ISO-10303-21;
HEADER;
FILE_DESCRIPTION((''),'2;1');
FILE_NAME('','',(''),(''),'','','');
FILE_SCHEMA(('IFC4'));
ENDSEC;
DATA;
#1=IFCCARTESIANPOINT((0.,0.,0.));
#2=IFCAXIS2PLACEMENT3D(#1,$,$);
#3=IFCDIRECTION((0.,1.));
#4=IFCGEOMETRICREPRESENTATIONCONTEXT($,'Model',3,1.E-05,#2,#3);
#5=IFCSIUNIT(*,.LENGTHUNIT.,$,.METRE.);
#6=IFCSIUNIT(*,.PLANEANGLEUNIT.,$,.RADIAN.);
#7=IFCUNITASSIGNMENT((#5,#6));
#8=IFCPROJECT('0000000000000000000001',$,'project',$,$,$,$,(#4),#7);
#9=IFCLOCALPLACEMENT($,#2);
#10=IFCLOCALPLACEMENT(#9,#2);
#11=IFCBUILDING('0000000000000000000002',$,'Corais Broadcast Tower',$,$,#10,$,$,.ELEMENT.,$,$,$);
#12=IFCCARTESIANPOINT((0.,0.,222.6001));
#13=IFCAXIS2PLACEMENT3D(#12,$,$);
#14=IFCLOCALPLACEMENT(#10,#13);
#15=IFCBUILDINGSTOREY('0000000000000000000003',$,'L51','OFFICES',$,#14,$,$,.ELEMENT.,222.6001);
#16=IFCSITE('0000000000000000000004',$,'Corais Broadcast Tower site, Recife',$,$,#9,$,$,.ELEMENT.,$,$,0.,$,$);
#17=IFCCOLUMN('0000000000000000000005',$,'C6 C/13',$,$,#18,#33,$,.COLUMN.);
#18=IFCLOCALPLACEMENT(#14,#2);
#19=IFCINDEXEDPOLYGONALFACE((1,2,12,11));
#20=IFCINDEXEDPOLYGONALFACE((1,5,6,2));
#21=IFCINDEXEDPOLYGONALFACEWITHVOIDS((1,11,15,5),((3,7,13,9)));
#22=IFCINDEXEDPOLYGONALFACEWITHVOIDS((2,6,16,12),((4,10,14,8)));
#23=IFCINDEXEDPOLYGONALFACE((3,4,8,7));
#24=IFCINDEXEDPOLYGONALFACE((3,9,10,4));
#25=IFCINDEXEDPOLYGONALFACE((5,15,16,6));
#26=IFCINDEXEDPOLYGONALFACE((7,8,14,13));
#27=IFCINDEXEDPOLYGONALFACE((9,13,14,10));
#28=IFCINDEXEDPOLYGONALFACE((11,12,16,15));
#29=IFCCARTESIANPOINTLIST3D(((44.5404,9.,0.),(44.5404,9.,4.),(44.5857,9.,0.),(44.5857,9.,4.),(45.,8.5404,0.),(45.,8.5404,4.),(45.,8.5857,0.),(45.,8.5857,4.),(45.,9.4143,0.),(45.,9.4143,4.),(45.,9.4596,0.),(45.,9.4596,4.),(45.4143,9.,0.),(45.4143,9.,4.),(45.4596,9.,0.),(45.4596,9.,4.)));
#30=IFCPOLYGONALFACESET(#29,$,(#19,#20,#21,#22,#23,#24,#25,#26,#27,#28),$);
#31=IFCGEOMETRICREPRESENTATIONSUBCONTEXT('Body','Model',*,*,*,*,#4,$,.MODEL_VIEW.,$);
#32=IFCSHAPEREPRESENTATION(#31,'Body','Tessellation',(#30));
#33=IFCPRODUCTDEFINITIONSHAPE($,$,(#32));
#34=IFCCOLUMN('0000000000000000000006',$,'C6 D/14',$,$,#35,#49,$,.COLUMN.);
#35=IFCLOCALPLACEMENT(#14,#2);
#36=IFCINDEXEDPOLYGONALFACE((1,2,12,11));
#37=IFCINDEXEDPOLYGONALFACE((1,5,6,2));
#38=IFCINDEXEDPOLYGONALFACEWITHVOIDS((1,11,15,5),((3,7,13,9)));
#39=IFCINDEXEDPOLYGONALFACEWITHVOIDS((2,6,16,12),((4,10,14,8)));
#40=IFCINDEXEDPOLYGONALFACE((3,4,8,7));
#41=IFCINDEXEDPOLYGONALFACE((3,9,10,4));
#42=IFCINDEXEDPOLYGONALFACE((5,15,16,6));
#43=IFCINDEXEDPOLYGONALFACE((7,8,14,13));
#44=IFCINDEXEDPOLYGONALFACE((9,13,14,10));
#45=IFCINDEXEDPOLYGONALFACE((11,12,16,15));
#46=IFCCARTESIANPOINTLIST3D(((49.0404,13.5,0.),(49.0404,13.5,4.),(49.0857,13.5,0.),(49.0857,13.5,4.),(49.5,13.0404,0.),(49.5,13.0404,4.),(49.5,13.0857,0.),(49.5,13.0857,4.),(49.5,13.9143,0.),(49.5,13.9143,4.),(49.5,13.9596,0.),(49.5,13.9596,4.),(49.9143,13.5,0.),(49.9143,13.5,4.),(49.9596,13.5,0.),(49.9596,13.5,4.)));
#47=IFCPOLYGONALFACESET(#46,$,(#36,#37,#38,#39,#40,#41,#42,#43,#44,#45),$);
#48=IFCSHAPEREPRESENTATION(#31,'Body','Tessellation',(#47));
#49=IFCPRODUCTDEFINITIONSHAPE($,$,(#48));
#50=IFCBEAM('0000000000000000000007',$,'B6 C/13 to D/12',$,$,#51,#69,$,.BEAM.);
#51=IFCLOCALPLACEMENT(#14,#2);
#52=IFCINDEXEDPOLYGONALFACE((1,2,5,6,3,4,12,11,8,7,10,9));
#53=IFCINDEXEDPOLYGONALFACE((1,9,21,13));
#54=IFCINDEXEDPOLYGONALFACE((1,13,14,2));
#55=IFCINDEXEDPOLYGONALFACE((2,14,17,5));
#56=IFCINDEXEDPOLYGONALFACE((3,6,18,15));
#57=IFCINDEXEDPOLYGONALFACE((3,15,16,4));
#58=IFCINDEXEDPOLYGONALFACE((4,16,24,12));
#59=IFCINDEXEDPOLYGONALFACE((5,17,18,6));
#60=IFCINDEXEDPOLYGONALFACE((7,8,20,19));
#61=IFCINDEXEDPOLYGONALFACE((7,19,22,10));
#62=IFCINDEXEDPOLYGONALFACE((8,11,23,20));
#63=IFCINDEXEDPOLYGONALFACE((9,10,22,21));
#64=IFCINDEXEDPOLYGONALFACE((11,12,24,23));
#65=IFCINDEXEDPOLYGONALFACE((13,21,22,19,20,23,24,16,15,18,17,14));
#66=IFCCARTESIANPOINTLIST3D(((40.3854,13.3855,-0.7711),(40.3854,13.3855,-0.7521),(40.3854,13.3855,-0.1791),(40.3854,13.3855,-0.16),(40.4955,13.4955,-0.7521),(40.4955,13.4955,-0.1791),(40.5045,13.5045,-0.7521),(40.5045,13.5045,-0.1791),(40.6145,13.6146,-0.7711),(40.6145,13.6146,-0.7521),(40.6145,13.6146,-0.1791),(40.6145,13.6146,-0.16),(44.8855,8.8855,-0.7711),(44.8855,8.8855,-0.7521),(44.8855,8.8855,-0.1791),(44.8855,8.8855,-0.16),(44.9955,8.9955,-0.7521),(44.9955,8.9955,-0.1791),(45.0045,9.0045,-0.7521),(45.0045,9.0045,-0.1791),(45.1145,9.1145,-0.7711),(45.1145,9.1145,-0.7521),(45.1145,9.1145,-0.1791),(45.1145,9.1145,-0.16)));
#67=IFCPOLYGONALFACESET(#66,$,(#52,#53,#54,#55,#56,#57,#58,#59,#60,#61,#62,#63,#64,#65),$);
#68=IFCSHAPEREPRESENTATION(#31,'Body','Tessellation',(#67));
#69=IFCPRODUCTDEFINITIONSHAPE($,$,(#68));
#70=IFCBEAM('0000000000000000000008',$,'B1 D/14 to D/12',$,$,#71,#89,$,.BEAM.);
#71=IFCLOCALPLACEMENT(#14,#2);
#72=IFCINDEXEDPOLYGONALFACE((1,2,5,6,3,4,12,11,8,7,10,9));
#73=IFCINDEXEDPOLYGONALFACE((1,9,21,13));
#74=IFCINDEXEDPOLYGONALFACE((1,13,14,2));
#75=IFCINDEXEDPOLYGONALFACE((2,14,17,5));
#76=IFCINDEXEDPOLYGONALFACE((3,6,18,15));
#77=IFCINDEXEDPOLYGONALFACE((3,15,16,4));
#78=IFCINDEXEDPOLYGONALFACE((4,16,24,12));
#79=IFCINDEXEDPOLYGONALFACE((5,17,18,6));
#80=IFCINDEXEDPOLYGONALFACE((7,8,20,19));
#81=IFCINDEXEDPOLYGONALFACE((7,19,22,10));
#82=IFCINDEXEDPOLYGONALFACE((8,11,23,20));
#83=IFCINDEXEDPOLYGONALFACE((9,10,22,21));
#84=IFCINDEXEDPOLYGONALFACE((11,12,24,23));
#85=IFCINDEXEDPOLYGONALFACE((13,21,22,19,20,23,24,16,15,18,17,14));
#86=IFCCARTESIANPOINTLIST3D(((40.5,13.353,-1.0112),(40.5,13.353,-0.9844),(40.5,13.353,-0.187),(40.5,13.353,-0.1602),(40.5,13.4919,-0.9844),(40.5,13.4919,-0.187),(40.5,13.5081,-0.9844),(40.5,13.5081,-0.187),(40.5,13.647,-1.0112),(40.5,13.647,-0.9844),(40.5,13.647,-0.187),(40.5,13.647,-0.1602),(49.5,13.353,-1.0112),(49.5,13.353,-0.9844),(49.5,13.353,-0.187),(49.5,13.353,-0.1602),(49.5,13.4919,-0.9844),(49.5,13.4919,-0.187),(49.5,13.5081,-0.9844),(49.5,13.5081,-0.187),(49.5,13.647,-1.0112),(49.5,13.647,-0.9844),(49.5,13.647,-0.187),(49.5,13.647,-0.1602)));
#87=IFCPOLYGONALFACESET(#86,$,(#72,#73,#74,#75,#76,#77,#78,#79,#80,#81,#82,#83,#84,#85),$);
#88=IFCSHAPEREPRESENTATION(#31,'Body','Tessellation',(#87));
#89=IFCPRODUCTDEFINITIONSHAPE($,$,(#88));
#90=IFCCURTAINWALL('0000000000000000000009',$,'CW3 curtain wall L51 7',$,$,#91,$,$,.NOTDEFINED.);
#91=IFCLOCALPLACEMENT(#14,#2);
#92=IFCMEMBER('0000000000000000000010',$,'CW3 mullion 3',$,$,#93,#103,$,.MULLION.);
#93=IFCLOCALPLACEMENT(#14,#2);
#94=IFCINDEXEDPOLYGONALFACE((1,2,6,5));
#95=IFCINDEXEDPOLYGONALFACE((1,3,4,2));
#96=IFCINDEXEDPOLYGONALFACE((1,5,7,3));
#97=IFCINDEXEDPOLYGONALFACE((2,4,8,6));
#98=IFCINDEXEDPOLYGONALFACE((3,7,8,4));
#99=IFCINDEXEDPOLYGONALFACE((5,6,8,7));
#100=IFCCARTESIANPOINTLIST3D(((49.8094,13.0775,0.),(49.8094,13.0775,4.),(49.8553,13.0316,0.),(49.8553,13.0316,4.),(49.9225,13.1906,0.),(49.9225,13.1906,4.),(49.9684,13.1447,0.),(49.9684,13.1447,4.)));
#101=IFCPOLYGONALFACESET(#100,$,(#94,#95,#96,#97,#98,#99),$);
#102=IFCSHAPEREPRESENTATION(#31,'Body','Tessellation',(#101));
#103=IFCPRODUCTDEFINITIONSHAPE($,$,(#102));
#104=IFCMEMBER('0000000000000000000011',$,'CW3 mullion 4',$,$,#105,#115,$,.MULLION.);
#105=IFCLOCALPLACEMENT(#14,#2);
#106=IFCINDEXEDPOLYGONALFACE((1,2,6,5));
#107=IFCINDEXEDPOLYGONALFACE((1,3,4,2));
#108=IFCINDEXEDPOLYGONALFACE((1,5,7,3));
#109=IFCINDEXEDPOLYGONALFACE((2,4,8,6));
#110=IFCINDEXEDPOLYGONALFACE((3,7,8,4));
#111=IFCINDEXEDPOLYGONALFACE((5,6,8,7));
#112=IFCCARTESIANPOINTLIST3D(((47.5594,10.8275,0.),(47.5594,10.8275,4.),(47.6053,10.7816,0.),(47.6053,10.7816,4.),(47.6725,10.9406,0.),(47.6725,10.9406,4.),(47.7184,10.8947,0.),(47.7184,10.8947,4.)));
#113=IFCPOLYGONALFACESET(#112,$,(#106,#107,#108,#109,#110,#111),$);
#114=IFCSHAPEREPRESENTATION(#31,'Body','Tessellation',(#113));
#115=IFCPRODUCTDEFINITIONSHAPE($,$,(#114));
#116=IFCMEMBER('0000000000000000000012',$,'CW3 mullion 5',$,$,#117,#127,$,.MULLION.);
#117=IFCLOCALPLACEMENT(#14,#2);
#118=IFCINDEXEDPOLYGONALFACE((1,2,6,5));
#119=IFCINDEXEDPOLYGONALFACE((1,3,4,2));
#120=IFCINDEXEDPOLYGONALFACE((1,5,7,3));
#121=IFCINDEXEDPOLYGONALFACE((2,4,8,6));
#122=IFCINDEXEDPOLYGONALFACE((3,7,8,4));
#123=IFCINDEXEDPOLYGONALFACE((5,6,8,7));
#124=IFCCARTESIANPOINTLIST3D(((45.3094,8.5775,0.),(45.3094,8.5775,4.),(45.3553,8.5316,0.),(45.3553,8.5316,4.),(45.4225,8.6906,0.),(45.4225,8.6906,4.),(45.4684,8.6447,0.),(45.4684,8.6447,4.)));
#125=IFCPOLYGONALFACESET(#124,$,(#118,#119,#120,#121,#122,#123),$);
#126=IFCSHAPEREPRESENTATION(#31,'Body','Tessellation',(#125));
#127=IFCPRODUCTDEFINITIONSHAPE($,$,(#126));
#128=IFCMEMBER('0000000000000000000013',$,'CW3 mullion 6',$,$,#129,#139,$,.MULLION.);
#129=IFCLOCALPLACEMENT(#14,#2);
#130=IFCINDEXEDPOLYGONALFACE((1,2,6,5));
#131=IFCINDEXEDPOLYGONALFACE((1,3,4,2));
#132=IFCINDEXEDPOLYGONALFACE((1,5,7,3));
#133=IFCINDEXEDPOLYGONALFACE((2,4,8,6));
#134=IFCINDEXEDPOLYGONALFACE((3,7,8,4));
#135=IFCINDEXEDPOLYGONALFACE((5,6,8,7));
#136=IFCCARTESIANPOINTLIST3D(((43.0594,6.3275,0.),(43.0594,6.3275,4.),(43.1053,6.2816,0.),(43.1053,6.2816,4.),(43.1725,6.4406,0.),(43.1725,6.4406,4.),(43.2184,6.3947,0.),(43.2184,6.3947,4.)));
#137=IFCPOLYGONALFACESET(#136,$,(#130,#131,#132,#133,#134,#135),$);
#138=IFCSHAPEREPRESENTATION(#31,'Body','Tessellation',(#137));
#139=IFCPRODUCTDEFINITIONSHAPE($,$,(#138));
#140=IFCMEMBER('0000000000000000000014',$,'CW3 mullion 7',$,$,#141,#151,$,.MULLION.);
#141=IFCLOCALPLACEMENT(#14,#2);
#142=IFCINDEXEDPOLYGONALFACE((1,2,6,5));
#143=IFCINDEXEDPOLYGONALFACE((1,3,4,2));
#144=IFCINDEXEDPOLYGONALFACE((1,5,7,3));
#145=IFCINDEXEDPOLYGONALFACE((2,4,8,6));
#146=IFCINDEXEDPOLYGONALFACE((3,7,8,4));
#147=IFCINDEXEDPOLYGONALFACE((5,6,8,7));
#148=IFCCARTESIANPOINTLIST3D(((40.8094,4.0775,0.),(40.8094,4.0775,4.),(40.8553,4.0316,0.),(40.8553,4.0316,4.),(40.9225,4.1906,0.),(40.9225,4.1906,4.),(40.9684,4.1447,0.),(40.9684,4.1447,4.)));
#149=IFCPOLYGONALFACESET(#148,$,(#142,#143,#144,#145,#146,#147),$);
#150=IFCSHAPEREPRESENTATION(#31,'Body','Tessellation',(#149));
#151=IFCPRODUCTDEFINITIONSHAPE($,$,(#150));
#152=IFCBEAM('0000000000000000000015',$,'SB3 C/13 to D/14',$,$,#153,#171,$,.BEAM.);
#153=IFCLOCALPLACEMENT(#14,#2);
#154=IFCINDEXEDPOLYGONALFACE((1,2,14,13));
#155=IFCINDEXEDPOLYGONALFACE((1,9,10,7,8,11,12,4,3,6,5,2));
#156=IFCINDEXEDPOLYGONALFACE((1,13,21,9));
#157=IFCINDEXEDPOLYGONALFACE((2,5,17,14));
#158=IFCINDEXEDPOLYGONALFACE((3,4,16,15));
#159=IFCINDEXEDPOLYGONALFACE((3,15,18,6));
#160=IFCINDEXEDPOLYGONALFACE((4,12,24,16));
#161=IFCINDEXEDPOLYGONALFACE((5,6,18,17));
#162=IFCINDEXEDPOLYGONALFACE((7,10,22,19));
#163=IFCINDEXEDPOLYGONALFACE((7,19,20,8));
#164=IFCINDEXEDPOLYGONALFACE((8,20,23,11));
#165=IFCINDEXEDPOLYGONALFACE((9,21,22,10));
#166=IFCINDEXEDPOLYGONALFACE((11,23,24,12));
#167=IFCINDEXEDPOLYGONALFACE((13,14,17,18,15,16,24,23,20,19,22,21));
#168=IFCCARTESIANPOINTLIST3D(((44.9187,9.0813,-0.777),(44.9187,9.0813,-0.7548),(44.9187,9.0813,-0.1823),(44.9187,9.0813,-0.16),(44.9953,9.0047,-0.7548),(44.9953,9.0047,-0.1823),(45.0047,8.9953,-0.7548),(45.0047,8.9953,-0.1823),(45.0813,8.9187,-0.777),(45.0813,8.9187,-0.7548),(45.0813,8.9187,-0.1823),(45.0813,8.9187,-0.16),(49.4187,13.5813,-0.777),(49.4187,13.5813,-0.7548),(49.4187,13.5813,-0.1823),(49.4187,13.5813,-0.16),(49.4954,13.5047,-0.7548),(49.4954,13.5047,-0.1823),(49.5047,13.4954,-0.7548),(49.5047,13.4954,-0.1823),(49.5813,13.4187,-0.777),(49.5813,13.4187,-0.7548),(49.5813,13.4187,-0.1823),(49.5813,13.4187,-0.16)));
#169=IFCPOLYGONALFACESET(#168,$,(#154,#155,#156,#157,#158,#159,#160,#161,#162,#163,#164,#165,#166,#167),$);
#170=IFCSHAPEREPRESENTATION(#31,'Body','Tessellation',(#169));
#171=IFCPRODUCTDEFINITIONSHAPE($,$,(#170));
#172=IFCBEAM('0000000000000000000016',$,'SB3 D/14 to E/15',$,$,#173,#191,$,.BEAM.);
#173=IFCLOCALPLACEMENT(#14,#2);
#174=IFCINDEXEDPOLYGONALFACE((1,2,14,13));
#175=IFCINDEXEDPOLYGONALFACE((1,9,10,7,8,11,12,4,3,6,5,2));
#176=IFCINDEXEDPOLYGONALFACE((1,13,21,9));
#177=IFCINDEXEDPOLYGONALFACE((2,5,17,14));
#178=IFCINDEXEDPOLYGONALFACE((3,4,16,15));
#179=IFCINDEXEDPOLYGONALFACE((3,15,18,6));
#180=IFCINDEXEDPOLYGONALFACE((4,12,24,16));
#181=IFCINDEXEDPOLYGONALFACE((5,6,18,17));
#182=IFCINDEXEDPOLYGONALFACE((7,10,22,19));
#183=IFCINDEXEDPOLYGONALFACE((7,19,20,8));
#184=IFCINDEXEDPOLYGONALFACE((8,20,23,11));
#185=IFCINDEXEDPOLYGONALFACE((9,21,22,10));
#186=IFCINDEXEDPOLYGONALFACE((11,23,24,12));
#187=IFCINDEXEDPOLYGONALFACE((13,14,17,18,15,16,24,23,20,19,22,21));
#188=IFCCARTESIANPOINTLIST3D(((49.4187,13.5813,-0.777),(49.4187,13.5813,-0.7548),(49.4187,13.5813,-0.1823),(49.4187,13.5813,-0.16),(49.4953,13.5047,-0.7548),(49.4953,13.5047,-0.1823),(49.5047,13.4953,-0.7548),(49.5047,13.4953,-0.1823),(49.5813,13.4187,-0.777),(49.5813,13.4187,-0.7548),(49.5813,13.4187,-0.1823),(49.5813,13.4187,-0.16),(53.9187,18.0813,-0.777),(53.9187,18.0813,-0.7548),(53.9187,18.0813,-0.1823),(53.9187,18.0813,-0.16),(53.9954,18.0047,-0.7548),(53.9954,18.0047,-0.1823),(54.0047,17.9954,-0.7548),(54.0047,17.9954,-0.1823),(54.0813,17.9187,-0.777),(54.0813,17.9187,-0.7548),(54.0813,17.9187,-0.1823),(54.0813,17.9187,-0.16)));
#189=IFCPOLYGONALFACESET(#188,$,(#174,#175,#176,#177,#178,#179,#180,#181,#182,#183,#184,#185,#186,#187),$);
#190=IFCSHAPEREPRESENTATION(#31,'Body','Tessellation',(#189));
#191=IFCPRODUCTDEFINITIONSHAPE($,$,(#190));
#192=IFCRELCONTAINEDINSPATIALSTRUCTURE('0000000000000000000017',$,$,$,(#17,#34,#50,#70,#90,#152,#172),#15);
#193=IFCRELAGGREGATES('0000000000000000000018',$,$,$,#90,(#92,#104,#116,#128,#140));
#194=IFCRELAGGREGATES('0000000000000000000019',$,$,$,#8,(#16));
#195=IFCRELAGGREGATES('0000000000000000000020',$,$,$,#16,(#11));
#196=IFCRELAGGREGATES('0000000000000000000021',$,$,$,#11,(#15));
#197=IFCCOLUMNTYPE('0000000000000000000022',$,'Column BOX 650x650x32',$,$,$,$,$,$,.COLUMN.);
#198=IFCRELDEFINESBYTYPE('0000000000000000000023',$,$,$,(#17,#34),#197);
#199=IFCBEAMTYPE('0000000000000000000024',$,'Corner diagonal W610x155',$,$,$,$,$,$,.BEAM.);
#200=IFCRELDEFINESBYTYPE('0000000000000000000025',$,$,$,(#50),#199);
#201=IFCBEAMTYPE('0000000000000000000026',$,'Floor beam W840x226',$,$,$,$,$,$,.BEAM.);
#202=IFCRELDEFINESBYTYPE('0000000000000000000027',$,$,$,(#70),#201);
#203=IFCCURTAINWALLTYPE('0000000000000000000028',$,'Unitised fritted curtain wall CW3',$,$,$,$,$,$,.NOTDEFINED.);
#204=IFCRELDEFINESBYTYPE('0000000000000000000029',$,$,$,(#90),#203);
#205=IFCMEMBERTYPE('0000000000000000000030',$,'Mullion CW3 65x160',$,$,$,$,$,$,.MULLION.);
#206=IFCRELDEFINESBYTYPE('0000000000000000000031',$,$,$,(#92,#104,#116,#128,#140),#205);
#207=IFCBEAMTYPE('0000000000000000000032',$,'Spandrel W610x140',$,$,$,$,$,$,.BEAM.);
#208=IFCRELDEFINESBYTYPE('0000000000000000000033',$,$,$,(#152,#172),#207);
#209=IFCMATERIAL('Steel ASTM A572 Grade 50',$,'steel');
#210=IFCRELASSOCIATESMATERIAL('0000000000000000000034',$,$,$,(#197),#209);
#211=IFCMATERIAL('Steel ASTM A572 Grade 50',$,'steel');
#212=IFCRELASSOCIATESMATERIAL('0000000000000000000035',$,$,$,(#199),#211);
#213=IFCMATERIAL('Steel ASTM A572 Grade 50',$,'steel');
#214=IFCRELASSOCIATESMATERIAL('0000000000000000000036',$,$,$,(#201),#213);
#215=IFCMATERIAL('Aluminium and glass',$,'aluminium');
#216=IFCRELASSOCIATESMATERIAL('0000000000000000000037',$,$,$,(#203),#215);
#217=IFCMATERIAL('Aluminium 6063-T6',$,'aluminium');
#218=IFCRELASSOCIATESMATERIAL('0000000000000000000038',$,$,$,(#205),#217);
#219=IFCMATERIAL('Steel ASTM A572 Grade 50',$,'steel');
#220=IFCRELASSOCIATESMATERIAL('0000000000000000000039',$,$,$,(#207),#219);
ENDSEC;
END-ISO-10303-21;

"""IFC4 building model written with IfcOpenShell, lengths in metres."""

from ifc_helpers import new_model, si_unit, direction, frame, origin, origin_2d, place, context, subcontext, project, spatial, rectangle, hollow_rectangle, i_section, extrude, material, material_profile, profile_set, type_object, element, aggregate, save


model = new_model("IFC4")

# Units and contexts
model_context = context("Model", 3, precision=1e-05, world=origin(), true_north=direction((0.0, 1.0)))
body_context = subcontext(model_context, "Body", "Model", "MODEL_VIEW")
ifc_project = project(units=[si_unit("LENGTHUNIT", "METRE"), si_unit("PLANEANGLEUNIT", "RADIAN")], contexts=[model_context])

# Site, building, storey
site_placement = place(None, origin())
site = spatial("IfcSite", under=ifc_project, at=site_placement, Name="Corais Broadcast Tower site, Recife", CompositionType="ELEMENT", RefElevation=0.0)
building_placement = place(site_placement, origin())
building = spatial("IfcBuilding", under=site, at=building_placement, Name="Corais Broadcast Tower", CompositionType="ELEMENT")
storey_placement = place(building_placement, frame((0.0, 0.0, 222.6001)))
storey = spatial("IfcBuildingStorey", under=building, at=storey_placement, Name="L51", Description="OFFICES", CompositionType="ELEMENT", Elevation=222.6001)

# Columns
ifc_material_1 = material(Name="Steel ASTM A572 Grade 50", Category="steel")
ifc_material_profile_1 = material_profile(ifc_material_1, hollow_rectangle(XDim=0.6499, YDim=0.6499, WallThickness=0.032, at=origin_2d()), Name="BOX 650x650x32")
ifc_profile_set_1 = profile_set([ifc_material_profile_1], Name="Steel ASTM A572 Grade 50")
column_type = type_object("IfcColumnType", Name="Column BOX 650x650x32", PredefinedType="COLUMN", material=ifc_profile_set_1)
for number, where, z_axis, x_axis, name in (
    (1, (45.0, 9.0, 0.0), (0.0, 0.0, 1.0), (0.707107, 0.707107, 0.0), "C6 C/13"),
    (2, (49.5, 13.5, 0.0), (0.0, 0.0, 1.0), (0.707107, 0.707107, 0.0), "C6 D/14"),
):
    element("IfcColumn", number, at=place(storey_placement, frame(where, z_axis=z_axis, x_axis=x_axis)), inside=storey, type_object=column_type, Name=name, PredefinedType="COLUMN", context=body_context, shape_type="SweptSolid", body=[
        extrude(hollow_rectangle(XDim=0.6499, YDim=0.6499, WallThickness=0.032, at=origin_2d()), origin(), (0.0, 0.0, 1.0), 4.0),
    ])

# Beams
ifc_material_2 = material(Name="Steel ASTM A572 Grade 50", Category="steel")
ifc_material_profile_2 = material_profile(ifc_material_2, i_section(OverallWidth=0.324, OverallDepth=0.6111, WebThickness=0.0127, FlangeThickness=0.019, at=origin_2d()), Name="W610x155")
ifc_profile_set_2 = profile_set([ifc_material_profile_2], Name="Steel ASTM A572 Grade 50")
beam_type_1 = type_object("IfcBeamType", Name="Corner diagonal W610x155", PredefinedType="BEAM", material=ifc_profile_set_2)
beam_1_placement = place(storey_placement, frame((45.0, 9.0, -0.4656), z_axis=(-0.707107, 0.707107, 0.0), x_axis=(-0.707107, -0.707107, 0.0)))
element("IfcBeam", 3, at=beam_1_placement, inside=storey, type_object=beam_type_1, Name="B6 C/13 to D/12", PredefinedType="BEAM", context=body_context, shape_type="SweptSolid", body=[
    extrude(i_section(OverallWidth=0.324, OverallDepth=0.6111, WebThickness=0.0127, FlangeThickness=0.019, at=origin_2d()), origin(), (0.0, 0.0, 1.0), 6.364),
])
ifc_material_3 = material(Name="Steel ASTM A572 Grade 50", Category="steel")
ifc_material_profile_3 = material_profile(ifc_material_3, i_section(OverallWidth=0.2939, OverallDepth=0.8511, WebThickness=0.0161, FlangeThickness=0.0269, at=origin_2d()), Name="W840x226")
ifc_profile_set_3 = profile_set([ifc_material_profile_3], Name="Steel ASTM A572 Grade 50")
beam_type_2 = type_object("IfcBeamType", Name="Floor beam W840x226", PredefinedType="BEAM", material=ifc_profile_set_3)
beam_2_placement = place(storey_placement, frame((49.5, 13.5, -0.5857), z_axis=(-1.0, 0.0, 0.0), x_axis=(0.0, -1.0, 0.0)))
element("IfcBeam", 4, at=beam_2_placement, inside=storey, type_object=beam_type_2, Name="B1 D/14 to D/12", PredefinedType="BEAM", context=body_context, shape_type="SweptSolid", body=[
    extrude(i_section(OverallWidth=0.2939, OverallDepth=0.8511, WebThickness=0.0161, FlangeThickness=0.0269, at=origin_2d()), origin(), (0.0, 0.0, 1.0), 9.0),
])

# Curtain wall, members
ifc_material_4 = material(Name="Aluminium and glass", Category="aluminium")
curtain_wall_type = type_object("IfcCurtainWallType", Name="Unitised fritted curtain wall CW3", PredefinedType="NOTDEFINED", material=ifc_material_4)
curtain_wall_placement = place(storey_placement, origin())
curtain_wall = element("IfcCurtainWall", 5, at=curtain_wall_placement, inside=storey, type_object=curtain_wall_type, Name="CW3 curtain wall L51 7", PredefinedType="NOTDEFINED")
ifc_material_5 = material(Name="Aluminium 6063-T6", Category="aluminium")
ifc_material_profile_4 = material_profile(ifc_material_5, rectangle(XDim=0.0649, YDim=0.1599, at=origin_2d()), Name="Mullion CW3 65x160")
ifc_profile_set_4 = profile_set([ifc_material_profile_4], Name="Aluminium 6063-T6")
member_type_1 = type_object("IfcMemberType", Name="Mullion CW3 65x160", PredefinedType="MULLION", material=ifc_profile_set_4)
member_1_placement = place(storey_placement, frame((49.8889, 13.1111, 0.0), z_axis=(0.0, 0.0, 1.0), x_axis=(0.707107, -0.707107, 0.0)))
member_1 = element("IfcMember", 6, at=member_1_placement, type_object=member_type_1, Name="CW3 mullion 3", PredefinedType="MULLION", context=body_context, shape_type="SweptSolid", body=[
    extrude(rectangle(XDim=0.0649, YDim=0.1599, at=origin_2d()), origin(), (0.0, 0.0, 1.0), 4.0),
])
member_2_placement = place(storey_placement, frame((47.6389, 10.8611, 0.0), z_axis=(0.0, 0.0, 1.0), x_axis=(0.707107, -0.707107, 0.0)))
member_2 = element("IfcMember", 7, at=member_2_placement, type_object=member_type_1, Name="CW3 mullion 4", PredefinedType="MULLION", context=body_context, shape_type="SweptSolid", body=[
    extrude(rectangle(XDim=0.0649, YDim=0.1599, at=origin_2d()), origin(), (0.0, 0.0, 1.0), 4.0),
])
member_3_placement = place(storey_placement, frame((45.3889, 8.6111, 0.0), z_axis=(0.0, 0.0, 1.0), x_axis=(0.707107, -0.707107, 0.0)))
member_3 = element("IfcMember", 8, at=member_3_placement, type_object=member_type_1, Name="CW3 mullion 5", PredefinedType="MULLION", context=body_context, shape_type="SweptSolid", body=[
    extrude(rectangle(XDim=0.0649, YDim=0.1599, at=origin_2d()), origin(), (0.0, 0.0, 1.0), 4.0),
])
member_4_placement = place(storey_placement, frame((43.1389, 6.3611, 0.0), z_axis=(0.0, 0.0, 1.0), x_axis=(0.707107, -0.707107, 0.0)))
member_4 = element("IfcMember", 9, at=member_4_placement, type_object=member_type_1, Name="CW3 mullion 6", PredefinedType="MULLION", context=body_context, shape_type="SweptSolid", body=[
    extrude(rectangle(XDim=0.0649, YDim=0.1599, at=origin_2d()), origin(), (0.0, 0.0, 1.0), 4.0),
])
member_5_placement = place(storey_placement, frame((40.8889, 4.1111, 0.0), z_axis=(0.0, 0.0, 1.0), x_axis=(0.707107, -0.707107, 0.0)))
member_5 = element("IfcMember", 10, at=member_5_placement, type_object=member_type_1, Name="CW3 mullion 7", PredefinedType="MULLION", context=body_context, shape_type="SweptSolid", body=[
    extrude(rectangle(XDim=0.0649, YDim=0.1599, at=origin_2d()), origin(), (0.0, 0.0, 1.0), 4.0),
])

# Beams
ifc_material_6 = material(Name="Steel ASTM A572 Grade 50", Category="steel")
ifc_material_profile_5 = material_profile(ifc_material_6, i_section(OverallWidth=0.23, OverallDepth=0.6169, WebThickness=0.0132, FlangeThickness=0.0222, at=origin_2d()), Name="W610x140")
ifc_profile_set_5 = profile_set([ifc_material_profile_5], Name="Steel ASTM A572 Grade 50")
beam_type_3 = type_object("IfcBeamType", Name="Spandrel W610x140", PredefinedType="BEAM", material=ifc_profile_set_5)
for number, where, z_axis, x_axis, name in (
    (11, (45.0, 9.0, -0.4685), (0.707107, 0.707107, 0.0), (-0.707107, 0.707107, 0.0), "SB3 C/13 to D/14"),
    (12, (49.5, 13.5, -0.4685), (0.707107, 0.707107, 0.0), (-0.707107, 0.707107, 0.0), "SB3 D/14 to E/15"),
):
    element("IfcBeam", number, at=place(storey_placement, frame(where, z_axis=z_axis, x_axis=x_axis)), inside=storey, type_object=beam_type_3, Name=name, PredefinedType="BEAM", context=body_context, shape_type="SweptSolid", body=[
        extrude(i_section(OverallWidth=0.23, OverallDepth=0.6169, WebThickness=0.0132, FlangeThickness=0.0222, at=origin_2d()), origin(), (0.0, 0.0, 1.0), 6.364),
    ])

aggregate(curtain_wall, [member_1, member_2, member_3, member_4, member_5])

save(model, "model.ifc")
